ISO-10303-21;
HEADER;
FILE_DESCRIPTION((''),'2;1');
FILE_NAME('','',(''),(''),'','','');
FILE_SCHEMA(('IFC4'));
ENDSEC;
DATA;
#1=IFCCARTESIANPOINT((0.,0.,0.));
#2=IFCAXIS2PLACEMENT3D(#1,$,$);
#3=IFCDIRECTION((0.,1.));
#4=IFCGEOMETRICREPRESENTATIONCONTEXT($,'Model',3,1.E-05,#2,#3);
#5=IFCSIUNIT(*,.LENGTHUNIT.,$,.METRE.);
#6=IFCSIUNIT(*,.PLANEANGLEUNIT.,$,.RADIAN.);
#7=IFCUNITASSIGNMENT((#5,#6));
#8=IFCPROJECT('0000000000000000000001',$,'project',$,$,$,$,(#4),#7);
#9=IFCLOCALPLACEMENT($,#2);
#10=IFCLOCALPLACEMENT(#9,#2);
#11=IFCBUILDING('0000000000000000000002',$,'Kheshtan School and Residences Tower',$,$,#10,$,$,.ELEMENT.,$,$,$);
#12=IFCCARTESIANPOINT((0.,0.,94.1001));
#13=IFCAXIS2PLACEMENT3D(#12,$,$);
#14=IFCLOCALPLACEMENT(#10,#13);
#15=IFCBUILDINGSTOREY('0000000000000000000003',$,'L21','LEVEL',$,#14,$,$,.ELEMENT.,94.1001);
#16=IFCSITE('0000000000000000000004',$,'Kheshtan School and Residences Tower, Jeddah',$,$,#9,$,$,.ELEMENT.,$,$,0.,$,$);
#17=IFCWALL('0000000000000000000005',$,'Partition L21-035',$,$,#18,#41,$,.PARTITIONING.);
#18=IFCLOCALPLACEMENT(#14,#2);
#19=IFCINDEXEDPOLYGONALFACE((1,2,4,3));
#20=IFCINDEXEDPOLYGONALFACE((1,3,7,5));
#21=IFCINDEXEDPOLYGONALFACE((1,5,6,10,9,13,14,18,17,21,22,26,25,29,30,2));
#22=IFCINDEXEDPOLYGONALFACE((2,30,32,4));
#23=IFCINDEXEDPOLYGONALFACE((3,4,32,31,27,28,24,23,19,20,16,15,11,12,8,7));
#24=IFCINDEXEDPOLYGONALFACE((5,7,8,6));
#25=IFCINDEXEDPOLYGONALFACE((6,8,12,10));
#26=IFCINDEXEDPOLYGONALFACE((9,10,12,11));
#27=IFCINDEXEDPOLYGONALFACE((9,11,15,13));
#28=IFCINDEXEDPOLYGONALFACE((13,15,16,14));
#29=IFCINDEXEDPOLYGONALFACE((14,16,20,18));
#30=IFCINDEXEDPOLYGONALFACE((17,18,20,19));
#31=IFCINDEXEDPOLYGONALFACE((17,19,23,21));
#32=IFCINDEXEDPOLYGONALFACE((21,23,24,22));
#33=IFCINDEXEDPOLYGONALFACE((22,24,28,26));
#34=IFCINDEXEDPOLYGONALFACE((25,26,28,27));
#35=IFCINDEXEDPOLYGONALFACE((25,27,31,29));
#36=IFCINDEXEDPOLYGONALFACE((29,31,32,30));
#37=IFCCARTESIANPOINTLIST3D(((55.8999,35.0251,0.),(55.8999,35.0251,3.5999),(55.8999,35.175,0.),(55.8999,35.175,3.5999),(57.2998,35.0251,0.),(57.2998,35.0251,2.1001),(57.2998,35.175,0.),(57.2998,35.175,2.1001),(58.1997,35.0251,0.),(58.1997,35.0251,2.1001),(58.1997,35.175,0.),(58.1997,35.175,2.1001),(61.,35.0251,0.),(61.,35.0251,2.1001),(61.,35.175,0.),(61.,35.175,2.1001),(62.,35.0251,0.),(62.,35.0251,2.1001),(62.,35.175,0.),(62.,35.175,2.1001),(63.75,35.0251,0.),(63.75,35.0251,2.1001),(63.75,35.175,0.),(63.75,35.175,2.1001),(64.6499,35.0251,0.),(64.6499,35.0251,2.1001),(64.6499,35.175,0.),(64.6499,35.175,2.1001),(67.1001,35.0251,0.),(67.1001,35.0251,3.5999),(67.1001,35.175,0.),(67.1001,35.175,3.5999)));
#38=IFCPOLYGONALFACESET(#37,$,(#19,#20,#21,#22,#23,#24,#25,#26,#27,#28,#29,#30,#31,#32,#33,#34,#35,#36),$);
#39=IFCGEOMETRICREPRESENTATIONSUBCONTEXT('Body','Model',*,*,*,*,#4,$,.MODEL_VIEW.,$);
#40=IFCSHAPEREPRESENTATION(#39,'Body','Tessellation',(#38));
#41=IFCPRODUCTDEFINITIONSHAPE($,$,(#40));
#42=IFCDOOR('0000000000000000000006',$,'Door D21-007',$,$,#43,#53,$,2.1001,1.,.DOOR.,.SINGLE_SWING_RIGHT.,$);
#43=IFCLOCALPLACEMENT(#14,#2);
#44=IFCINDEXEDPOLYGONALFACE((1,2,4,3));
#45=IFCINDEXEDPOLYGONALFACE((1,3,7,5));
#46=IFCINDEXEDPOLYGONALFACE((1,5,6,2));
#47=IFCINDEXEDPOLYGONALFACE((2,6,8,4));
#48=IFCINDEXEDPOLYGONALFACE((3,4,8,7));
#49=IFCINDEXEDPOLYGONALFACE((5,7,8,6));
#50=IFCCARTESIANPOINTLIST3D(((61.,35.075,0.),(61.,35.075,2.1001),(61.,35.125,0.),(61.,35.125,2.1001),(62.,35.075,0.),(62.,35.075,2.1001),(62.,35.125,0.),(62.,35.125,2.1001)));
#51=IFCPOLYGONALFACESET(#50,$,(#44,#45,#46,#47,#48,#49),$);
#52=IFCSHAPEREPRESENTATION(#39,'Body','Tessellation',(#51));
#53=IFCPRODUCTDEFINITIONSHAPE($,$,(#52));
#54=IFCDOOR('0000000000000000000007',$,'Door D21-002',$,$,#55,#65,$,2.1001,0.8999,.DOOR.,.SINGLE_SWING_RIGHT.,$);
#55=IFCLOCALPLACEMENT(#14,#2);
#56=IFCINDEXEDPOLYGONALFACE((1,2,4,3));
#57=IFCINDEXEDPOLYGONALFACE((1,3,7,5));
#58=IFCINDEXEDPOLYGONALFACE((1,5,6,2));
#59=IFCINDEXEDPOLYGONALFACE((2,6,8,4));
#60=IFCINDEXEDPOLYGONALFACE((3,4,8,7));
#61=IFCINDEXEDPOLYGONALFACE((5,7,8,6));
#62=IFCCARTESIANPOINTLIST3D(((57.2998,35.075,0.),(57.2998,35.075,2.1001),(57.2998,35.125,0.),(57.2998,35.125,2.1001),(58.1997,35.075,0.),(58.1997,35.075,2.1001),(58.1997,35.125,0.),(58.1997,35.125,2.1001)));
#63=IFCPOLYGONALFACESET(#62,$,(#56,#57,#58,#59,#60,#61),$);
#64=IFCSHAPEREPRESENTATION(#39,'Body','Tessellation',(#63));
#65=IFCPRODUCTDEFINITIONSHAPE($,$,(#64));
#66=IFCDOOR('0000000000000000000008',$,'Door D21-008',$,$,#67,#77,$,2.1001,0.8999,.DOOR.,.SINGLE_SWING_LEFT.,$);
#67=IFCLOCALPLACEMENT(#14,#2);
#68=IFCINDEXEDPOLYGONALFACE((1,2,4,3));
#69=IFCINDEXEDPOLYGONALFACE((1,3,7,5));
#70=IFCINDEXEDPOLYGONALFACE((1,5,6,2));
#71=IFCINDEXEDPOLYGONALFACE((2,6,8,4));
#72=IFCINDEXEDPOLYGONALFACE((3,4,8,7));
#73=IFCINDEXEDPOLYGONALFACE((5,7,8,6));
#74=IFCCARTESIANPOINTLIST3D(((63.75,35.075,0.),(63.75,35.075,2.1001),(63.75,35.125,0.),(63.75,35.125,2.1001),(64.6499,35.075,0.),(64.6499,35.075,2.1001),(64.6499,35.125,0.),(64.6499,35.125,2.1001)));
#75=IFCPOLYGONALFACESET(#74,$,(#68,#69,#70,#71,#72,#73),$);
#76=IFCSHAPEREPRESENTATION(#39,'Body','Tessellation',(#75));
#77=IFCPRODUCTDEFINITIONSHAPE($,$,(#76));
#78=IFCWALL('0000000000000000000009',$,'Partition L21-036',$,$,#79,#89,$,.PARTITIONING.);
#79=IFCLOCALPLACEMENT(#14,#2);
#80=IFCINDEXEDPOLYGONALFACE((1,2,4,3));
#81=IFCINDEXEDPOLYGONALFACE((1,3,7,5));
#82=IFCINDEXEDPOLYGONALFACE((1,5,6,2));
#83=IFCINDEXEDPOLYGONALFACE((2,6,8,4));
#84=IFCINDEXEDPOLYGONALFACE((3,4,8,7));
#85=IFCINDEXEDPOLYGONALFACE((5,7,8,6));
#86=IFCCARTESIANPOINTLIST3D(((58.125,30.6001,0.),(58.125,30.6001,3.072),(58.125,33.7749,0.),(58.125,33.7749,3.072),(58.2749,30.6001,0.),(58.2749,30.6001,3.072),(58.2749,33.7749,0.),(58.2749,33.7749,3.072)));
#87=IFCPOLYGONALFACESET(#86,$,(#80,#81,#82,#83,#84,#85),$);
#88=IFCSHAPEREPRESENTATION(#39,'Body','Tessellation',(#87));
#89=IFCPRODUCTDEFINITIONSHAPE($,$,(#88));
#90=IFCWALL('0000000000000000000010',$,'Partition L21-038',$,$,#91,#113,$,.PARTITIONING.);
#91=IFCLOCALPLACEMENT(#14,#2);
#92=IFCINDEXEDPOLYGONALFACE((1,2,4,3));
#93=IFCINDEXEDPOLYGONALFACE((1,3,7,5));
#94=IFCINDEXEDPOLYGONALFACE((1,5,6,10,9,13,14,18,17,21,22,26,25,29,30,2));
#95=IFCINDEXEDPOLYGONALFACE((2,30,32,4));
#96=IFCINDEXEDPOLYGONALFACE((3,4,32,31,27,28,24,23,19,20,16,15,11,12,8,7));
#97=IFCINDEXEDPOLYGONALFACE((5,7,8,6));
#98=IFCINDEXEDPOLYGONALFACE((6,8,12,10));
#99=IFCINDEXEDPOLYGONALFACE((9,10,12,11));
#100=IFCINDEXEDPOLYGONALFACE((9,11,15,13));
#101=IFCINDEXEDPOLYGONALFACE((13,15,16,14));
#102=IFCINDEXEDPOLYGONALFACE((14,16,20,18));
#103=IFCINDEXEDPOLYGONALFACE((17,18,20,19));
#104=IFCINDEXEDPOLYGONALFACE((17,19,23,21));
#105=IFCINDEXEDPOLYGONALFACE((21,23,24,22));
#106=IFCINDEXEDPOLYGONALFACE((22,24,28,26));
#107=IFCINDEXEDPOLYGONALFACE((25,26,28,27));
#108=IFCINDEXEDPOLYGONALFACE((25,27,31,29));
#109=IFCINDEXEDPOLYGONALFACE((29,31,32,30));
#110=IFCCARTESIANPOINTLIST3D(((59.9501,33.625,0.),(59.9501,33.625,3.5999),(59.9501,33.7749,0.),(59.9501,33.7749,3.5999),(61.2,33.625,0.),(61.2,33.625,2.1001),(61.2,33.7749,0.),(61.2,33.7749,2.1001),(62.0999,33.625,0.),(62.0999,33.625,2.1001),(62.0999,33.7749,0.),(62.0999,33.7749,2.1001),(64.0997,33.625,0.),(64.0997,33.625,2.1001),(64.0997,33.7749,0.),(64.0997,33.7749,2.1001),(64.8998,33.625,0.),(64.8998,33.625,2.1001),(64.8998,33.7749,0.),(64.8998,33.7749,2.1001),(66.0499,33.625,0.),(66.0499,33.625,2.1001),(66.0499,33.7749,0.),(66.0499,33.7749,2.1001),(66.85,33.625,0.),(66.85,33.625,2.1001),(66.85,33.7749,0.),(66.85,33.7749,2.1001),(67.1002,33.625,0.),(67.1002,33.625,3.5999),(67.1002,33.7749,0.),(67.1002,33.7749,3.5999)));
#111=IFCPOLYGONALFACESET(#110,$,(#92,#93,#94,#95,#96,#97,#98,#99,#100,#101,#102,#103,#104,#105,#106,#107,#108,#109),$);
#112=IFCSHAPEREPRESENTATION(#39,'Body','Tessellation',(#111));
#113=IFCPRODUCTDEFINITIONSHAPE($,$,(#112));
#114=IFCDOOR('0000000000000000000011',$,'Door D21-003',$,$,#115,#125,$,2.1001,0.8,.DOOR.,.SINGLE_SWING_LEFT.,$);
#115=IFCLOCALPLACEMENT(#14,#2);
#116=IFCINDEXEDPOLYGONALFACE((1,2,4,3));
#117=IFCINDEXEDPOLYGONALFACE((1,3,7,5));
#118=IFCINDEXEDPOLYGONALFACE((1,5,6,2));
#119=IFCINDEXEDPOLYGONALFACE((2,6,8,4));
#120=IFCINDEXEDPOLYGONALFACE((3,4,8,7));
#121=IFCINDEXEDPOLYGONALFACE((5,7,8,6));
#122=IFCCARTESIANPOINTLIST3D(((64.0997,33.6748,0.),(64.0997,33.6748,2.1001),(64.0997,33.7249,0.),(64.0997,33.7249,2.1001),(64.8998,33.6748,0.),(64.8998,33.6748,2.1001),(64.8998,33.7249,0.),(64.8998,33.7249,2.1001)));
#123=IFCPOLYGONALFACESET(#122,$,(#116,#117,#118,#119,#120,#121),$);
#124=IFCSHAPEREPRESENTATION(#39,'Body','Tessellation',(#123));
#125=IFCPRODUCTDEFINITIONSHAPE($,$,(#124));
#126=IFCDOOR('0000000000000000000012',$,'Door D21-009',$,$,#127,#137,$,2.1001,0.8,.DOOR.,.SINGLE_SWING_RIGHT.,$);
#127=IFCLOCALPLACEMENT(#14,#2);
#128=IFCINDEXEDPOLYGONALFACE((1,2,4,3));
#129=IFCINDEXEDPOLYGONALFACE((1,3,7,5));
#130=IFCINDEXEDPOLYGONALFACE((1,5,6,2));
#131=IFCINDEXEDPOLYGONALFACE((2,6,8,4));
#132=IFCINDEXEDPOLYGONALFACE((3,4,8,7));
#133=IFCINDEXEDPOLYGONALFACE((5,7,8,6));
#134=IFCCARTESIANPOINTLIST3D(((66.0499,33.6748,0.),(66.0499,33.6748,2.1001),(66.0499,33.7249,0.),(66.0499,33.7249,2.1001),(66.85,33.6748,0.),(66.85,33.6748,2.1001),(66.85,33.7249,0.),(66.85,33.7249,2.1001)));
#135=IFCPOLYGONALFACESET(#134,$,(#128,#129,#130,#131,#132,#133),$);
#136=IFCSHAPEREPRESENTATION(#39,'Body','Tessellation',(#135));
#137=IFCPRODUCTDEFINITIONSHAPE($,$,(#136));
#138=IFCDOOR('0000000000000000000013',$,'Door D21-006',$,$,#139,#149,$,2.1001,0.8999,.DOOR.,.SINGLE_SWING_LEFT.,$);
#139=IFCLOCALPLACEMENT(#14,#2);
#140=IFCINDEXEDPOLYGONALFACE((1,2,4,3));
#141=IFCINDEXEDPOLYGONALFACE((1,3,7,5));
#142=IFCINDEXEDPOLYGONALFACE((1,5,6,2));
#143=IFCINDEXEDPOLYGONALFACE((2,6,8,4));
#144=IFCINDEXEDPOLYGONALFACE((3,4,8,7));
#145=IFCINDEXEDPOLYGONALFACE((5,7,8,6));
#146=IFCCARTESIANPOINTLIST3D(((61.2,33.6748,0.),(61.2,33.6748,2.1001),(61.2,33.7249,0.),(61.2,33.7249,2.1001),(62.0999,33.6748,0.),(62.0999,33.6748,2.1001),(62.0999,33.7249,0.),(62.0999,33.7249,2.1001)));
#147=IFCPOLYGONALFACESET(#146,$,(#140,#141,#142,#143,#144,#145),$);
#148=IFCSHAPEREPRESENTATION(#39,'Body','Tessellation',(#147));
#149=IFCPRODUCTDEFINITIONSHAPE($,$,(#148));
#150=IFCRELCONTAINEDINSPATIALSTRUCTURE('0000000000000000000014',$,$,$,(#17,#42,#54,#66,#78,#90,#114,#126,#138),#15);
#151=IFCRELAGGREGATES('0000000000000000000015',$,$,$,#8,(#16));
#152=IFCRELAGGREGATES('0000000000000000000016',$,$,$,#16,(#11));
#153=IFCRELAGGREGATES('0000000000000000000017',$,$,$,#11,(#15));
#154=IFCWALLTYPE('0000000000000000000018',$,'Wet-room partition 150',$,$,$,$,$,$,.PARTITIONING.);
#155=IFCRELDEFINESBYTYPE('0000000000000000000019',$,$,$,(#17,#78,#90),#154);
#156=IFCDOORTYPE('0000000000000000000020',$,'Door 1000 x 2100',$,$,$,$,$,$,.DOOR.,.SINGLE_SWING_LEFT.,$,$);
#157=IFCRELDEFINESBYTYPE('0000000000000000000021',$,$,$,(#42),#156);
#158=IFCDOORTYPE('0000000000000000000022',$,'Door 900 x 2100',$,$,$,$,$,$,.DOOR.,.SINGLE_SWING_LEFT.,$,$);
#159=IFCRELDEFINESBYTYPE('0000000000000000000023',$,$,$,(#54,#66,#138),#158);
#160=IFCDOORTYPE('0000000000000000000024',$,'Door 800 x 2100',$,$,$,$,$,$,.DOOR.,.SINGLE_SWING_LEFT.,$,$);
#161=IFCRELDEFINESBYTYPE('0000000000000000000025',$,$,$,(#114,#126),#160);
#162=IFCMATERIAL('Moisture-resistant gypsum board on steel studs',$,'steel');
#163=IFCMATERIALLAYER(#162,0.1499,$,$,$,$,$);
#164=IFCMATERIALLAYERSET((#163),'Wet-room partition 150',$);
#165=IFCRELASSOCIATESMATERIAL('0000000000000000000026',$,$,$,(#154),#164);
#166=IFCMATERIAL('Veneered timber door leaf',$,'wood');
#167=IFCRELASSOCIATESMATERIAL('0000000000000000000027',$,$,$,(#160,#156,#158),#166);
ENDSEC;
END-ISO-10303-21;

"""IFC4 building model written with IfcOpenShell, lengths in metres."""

from ifc_helpers import new_model, si_unit, direction, frame, frame_2d, origin, place, context, subcontext, project, spatial, rectangle, extrude, source, transform, mapped, material, layer, layer_set, type_object, element, fill, save


model = new_model("IFC4")

# Units and contexts
model_context = context("Model", 3, precision=1e-05, world=origin(), true_north=direction((0.0, 1.0)))
body_context = subcontext(model_context, "Body", "Model", "MODEL_VIEW")
ifc_project = project(units=[si_unit("LENGTHUNIT", "METRE"), si_unit("PLANEANGLEUNIT", "RADIAN")], contexts=[model_context])

# Site, building, storey
site_placement = place(None, origin())
site = spatial("IfcSite", under=ifc_project, at=site_placement, Name="Kheshtan School and Residences Tower, Jeddah", CompositionType="ELEMENT", RefElevation=0.0)
building_placement = place(site_placement, origin())
building = spatial("IfcBuilding", under=site, at=building_placement, Name="Kheshtan School and Residences Tower", CompositionType="ELEMENT")
storey_placement = place(building_placement, frame((0.0, 0.0, 94.1001)))
storey = spatial("IfcBuildingStorey", under=building, at=storey_placement, Name="L21", Description="LEVEL", CompositionType="ELEMENT", Elevation=94.1001)

# Shared definitions
ifc_material_1 = material(Name="Moisture-resistant gypsum board on steel studs", Category="steel")
ifc_layer_1 = layer(ifc_material_1, 0.1499)
ifc_layer_set_1 = layer_set([ifc_layer_1], Name="Wet-room partition 150")
wall_type_1 = type_object("IfcWallType", Name="Wet-room partition 150", PredefinedType="PARTITIONING", material=ifc_layer_set_1)
ifc_material_2 = material(Name="Veneered timber door leaf", Category="wood")
door_type_1 = type_object("IfcDoorType", Name="Door 800 x 2100", OperationType="SINGLE_SWING_LEFT", PredefinedType="DOOR", material=ifc_material_2)
shared_shape_1 = source(origin(), body_context, "Body", "SweptSolid", [
    extrude(rectangle(XDim=0.8, YDim=2.1001, at=frame_2d((0.3999, 1.05))), frame((0.0, 0.0249, 0.0), z_axis=(0.0, -1.0, 0.0), x_axis=(1.0, 0.0, 0.0)), (0.0, 0.0, 1.0), 0.05),
])

# Wall, openings, doors
wall_1_placement = place(storey_placement, frame((55.8999, 35.1001, 0.0), z_axis=(0.0, 0.0, 1.0), x_axis=(1.0, 0.0, 0.0)))
wall_1 = element("IfcWall", 1, at=wall_1_placement, inside=storey, type_object=wall_type_1, Name="Partition L21-035", PredefinedType="PARTITIONING", context=body_context, shape_type="SweptSolid", body=[
    extrude(rectangle(XDim=11.2002, YDim=0.1499, at=frame_2d((5.6001, 0.0))), origin(), (0.0, 0.0, 1.0), 3.5999),
])
opening_1_placement = place(wall_1_placement, frame((1.3999, 0.0, 0.0)))
opening_1 = element("IfcOpeningElement", 2, at=opening_1_placement, cuts=wall_1, PredefinedType="OPENING", context=body_context, shape_type="SweptSolid", body=[
    extrude(rectangle(XDim=0.8999, YDim=2.1001, at=frame_2d((0.45, 1.05))), frame((0.0, 0.085, 0.0), z_axis=(0.0, -1.0, 0.0), x_axis=(1.0, 0.0, 0.0)), (0.0, 0.0, 1.0), 0.1699),
])
opening_2_placement = place(wall_1_placement, frame((5.1001, 0.0, 0.0)))
opening_2 = element("IfcOpeningElement", 3, at=opening_2_placement, cuts=wall_1, PredefinedType="OPENING", context=body_context, shape_type="SweptSolid", body=[
    extrude(rectangle(XDim=1.0, YDim=2.1001, at=frame_2d((0.5, 1.05))), frame((0.0, 0.085, 0.0), z_axis=(0.0, -1.0, 0.0), x_axis=(1.0, 0.0, 0.0)), (0.0, 0.0, 1.0), 0.1699),
])
opening_3_placement = place(wall_1_placement, frame((7.8501, 0.0, 0.0)))
opening_3 = element("IfcOpeningElement", 4, at=opening_3_placement, cuts=wall_1, PredefinedType="OPENING", context=body_context, shape_type="SweptSolid", body=[
    extrude(rectangle(XDim=0.8999, YDim=2.1001, at=frame_2d((0.45, 1.05))), frame((0.0, 0.085, 0.0), z_axis=(0.0, -1.0, 0.0), x_axis=(1.0, 0.0, 0.0)), (0.0, 0.0, 1.0), 0.1699),
])
door_type_2 = type_object("IfcDoorType", Name="Door 1000 x 2100", OperationType="SINGLE_SWING_LEFT", PredefinedType="DOOR", material=ifc_material_2)
shared_shape_2 = source(origin(), body_context, "Body", "SweptSolid", [
    extrude(rectangle(XDim=1.0, YDim=2.1001, at=frame_2d((0.5, 1.05))), frame((0.0, 0.0249, 0.0), z_axis=(0.0, -1.0, 0.0), x_axis=(1.0, 0.0, 0.0)), (0.0, 0.0, 1.0), 0.05),
])
door_1_placement = place(opening_2_placement, origin())
door_1 = element("IfcDoor", 5, at=door_1_placement, inside=storey, type_object=door_type_2, Name="Door D21-007", OperationType="SINGLE_SWING_RIGHT", OverallHeight=2.1001, OverallWidth=1.0, PredefinedType="DOOR", context=body_context, shape_type="MappedRepresentation", body=[
    mapped(shared_shape_2, transform((0.0, 0.0, 0.0), x_axis=(1.0, 0.0, 0.0), y_axis=(0.0, 1.0, 0.0), z_axis=(0.0, 0.0, 1.0), scale=1.0)),
])
fill(opening_2, door_1)
door_type_3 = type_object("IfcDoorType", Name="Door 900 x 2100", OperationType="SINGLE_SWING_LEFT", PredefinedType="DOOR", material=ifc_material_2)
shared_shape_3 = source(origin(), body_context, "Body", "SweptSolid", [
    extrude(rectangle(XDim=0.8999, YDim=2.1001, at=frame_2d((0.45, 1.05))), frame((0.0, 0.0249, 0.0), z_axis=(0.0, -1.0, 0.0), x_axis=(1.0, 0.0, 0.0)), (0.0, 0.0, 1.0), 0.05),
])
door_2_placement = place(opening_1_placement, origin())
door_2 = element("IfcDoor", 6, at=door_2_placement, inside=storey, type_object=door_type_3, Name="Door D21-002", OperationType="SINGLE_SWING_RIGHT", OverallHeight=2.1001, OverallWidth=0.8999, PredefinedType="DOOR", context=body_context, shape_type="MappedRepresentation", body=[
    mapped(shared_shape_3, transform((0.0, 0.0, 0.0), x_axis=(1.0, 0.0, 0.0), y_axis=(0.0, 1.0, 0.0), z_axis=(0.0, 0.0, 1.0), scale=1.0)),
])
fill(opening_1, door_2)
door_3_placement = place(opening_3_placement, origin())
door_3 = element("IfcDoor", 7, at=door_3_placement, inside=storey, type_object=door_type_3, Name="Door D21-008", OperationType="SINGLE_SWING_LEFT", OverallHeight=2.1001, OverallWidth=0.8999, PredefinedType="DOOR", context=body_context, shape_type="MappedRepresentation", body=[
    mapped(shared_shape_3, transform((0.0, 0.0, 0.0), x_axis=(1.0, 0.0, 0.0), y_axis=(0.0, 1.0, 0.0), z_axis=(0.0, 0.0, 1.0), scale=1.0)),
])
fill(opening_3, door_3)

# Wall
wall_2_placement = place(storey_placement, frame((58.2, 30.6001, 0.0), z_axis=(0.0, 0.0, 1.0), x_axis=(0.0, 1.0, 0.0)))
element("IfcWall", 8, at=wall_2_placement, inside=storey, type_object=wall_type_1, Name="Partition L21-036", PredefinedType="PARTITIONING", context=body_context, shape_type="SweptSolid", body=[
    extrude(rectangle(XDim=3.1748, YDim=0.1499, at=frame_2d((1.5874, 0.0))), origin(), (0.0, 0.0, 1.0), 3.072),
])

# Wall, openings, doors
wall_3_placement = place(storey_placement, frame((59.95, 33.7, 0.0), z_axis=(0.0, 0.0, 1.0), x_axis=(1.0, 0.0, 0.0)))
wall_3 = element("IfcWall", 9, at=wall_3_placement, inside=storey, type_object=wall_type_1, Name="Partition L21-038", PredefinedType="PARTITIONING", context=body_context, shape_type="SweptSolid", body=[
    extrude(rectangle(XDim=7.1501, YDim=0.1499, at=frame_2d((3.5752, 0.0))), origin(), (0.0, 0.0, 1.0), 3.5999),
])
opening_4_placement = place(wall_3_placement, frame((4.1499, 0.0, 0.0)))
opening_4 = element("IfcOpeningElement", 10, at=opening_4_placement, cuts=wall_3, PredefinedType="OPENING", context=body_context, shape_type="SweptSolid", body=[
    extrude(rectangle(XDim=0.8, YDim=2.1001, at=frame_2d((0.3999, 1.05))), frame((0.0, 0.085, 0.0), z_axis=(0.0, -1.0, 0.0), x_axis=(1.0, 0.0, 0.0)), (0.0, 0.0, 1.0), 0.1699),
])
opening_5_placement = place(wall_3_placement, frame((1.25, 0.0, 0.0)))
opening_5 = element("IfcOpeningElement", 11, at=opening_5_placement, cuts=wall_3, PredefinedType="OPENING", context=body_context, shape_type="SweptSolid", body=[
    extrude(rectangle(XDim=0.8999, YDim=2.1001, at=frame_2d((0.45, 1.05))), frame((0.0, 0.085, 0.0), z_axis=(0.0, -1.0, 0.0), x_axis=(1.0, 0.0, 0.0)), (0.0, 0.0, 1.0), 0.1699),
])
opening_6_placement = place(wall_3_placement, frame((6.1001, 0.0, 0.0)))
opening_6 = element("IfcOpeningElement", 12, at=opening_6_placement, cuts=wall_3, PredefinedType="OPENING", context=body_context, shape_type="SweptSolid", body=[
    extrude(rectangle(XDim=0.8, YDim=2.1001, at=frame_2d((0.3999, 1.05))), frame((0.0, 0.085, 0.0), z_axis=(0.0, -1.0, 0.0), x_axis=(1.0, 0.0, 0.0)), (0.0, 0.0, 1.0), 0.1699),
])
door_4_placement = place(opening_4_placement, origin())
door_4 = element("IfcDoor", 13, at=door_4_placement, inside=storey, type_object=door_type_1, Name="Door D21-003", OperationType="SINGLE_SWING_LEFT", OverallHeight=2.1001, OverallWidth=0.8, PredefinedType="DOOR", context=body_context, shape_type="MappedRepresentation", body=[
    mapped(shared_shape_1, transform((0.0, 0.0, 0.0), x_axis=(1.0, 0.0, 0.0), y_axis=(0.0, 1.0, 0.0), z_axis=(0.0, 0.0, 1.0), scale=1.0)),
])
fill(opening_4, door_4)
door_5_placement = place(opening_6_placement, origin())
door_5 = element("IfcDoor", 14, at=door_5_placement, inside=storey, type_object=door_type_1, Name="Door D21-009", OperationType="SINGLE_SWING_RIGHT", OverallHeight=2.1001, OverallWidth=0.8, PredefinedType="DOOR", context=body_context, shape_type="MappedRepresentation", body=[
    mapped(shared_shape_1, transform((0.0, 0.0, 0.0), x_axis=(1.0, 0.0, 0.0), y_axis=(0.0, 1.0, 0.0), z_axis=(0.0, 0.0, 1.0), scale=1.0)),
])
fill(opening_6, door_5)
door_6_placement = place(opening_5_placement, origin())
door_6 = element("IfcDoor", 15, at=door_6_placement, inside=storey, type_object=door_type_3, Name="Door D21-006", OperationType="SINGLE_SWING_LEFT", OverallHeight=2.1001, OverallWidth=0.8999, PredefinedType="DOOR", context=body_context, shape_type="MappedRepresentation", body=[
    mapped(shared_shape_3, transform((0.0, 0.0, 0.0), x_axis=(1.0, 0.0, 0.0), y_axis=(0.0, 1.0, 0.0), z_axis=(0.0, 0.0, 1.0), scale=1.0)),
])
fill(opening_5, door_6)

save(model, "model.ifc")
